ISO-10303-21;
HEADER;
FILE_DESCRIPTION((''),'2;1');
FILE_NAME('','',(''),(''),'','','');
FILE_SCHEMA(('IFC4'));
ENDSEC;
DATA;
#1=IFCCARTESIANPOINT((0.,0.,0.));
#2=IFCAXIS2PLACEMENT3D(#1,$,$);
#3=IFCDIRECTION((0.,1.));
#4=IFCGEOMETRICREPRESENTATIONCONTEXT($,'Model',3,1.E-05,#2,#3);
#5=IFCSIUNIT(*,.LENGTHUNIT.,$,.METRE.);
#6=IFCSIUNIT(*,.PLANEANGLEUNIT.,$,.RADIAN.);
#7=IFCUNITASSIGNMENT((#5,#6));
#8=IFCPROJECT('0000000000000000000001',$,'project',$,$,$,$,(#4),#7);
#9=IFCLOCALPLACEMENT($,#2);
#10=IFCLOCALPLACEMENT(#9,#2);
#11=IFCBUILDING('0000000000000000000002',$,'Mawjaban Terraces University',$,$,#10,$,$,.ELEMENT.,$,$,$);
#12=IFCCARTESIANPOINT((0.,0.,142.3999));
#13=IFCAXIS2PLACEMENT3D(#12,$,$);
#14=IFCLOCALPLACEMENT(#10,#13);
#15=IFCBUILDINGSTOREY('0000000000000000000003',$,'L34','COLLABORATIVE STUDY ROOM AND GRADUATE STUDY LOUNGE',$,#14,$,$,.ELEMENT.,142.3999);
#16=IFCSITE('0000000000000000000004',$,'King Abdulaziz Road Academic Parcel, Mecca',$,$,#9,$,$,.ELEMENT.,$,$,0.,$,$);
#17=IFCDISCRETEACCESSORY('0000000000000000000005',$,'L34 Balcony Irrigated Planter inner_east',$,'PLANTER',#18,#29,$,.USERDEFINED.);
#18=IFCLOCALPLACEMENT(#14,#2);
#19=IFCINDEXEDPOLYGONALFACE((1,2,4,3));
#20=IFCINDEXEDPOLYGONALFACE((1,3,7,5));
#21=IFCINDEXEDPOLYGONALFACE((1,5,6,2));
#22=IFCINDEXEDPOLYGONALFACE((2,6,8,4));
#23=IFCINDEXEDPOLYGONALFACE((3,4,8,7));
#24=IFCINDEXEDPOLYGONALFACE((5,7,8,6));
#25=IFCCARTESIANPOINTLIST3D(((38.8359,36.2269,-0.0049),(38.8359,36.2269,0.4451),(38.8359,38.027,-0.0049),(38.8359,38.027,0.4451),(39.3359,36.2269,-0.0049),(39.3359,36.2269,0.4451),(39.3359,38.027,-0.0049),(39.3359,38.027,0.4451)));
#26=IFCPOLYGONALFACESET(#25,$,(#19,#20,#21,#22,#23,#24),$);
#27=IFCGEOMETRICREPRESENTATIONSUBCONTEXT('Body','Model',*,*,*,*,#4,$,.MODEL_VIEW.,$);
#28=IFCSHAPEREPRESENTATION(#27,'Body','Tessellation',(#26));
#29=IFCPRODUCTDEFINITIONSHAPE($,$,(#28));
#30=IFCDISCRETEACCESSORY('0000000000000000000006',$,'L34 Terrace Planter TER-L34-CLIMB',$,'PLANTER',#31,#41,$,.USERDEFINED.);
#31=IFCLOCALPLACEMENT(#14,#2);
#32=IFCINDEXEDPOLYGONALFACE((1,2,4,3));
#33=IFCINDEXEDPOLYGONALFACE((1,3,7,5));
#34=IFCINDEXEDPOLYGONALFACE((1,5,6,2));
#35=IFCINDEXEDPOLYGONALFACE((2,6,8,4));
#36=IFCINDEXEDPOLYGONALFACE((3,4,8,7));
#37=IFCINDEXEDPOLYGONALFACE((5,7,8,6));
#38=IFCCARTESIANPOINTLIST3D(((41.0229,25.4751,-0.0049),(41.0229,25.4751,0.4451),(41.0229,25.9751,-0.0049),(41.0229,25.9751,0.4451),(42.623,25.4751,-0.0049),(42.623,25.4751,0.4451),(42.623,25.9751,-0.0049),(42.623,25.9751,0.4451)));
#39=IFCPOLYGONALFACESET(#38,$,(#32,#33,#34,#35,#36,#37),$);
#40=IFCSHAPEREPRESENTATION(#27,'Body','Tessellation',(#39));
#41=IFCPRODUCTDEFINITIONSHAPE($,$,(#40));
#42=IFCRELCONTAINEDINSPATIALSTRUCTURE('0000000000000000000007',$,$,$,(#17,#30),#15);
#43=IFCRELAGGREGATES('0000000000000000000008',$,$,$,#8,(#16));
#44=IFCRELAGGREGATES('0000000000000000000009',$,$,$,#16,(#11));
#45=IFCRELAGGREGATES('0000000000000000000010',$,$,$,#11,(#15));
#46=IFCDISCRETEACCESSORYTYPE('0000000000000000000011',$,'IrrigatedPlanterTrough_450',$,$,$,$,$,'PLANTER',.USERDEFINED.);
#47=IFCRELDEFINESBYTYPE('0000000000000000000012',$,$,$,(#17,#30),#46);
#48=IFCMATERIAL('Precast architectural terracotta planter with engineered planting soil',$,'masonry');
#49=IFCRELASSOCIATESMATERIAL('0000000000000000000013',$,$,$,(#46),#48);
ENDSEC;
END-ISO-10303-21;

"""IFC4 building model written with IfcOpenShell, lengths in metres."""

from ifc_helpers import new_model, si_unit, direction, frame, origin, origin_2d, place, context, subcontext, project, spatial, rectangle, extrude, material, type_object, element, save


model = new_model("IFC4")

# Units and contexts
model_context = context("Model", 3, precision=1e-05, world=origin(), true_north=direction((0.0, 1.0)))
body_context = subcontext(model_context, "Body", "Model", "MODEL_VIEW")
ifc_project = project(units=[si_unit("LENGTHUNIT", "METRE"), si_unit("PLANEANGLEUNIT", "RADIAN")], contexts=[model_context])

# Site, building, storey
site_placement = place(None, origin())
site = spatial("IfcSite", under=ifc_project, at=site_placement, Name="King Abdulaziz Road Academic Parcel, Mecca", CompositionType="ELEMENT", RefElevation=0.0)
building_placement = place(site_placement, origin())
building = spatial("IfcBuilding", under=site, at=building_placement, Name="Mawjaban Terraces University", CompositionType="ELEMENT")
storey_placement = place(building_placement, frame((0.0, 0.0, 142.3999)))
storey = spatial("IfcBuildingStorey", under=building, at=storey_placement, Name="L34", Description="COLLABORATIVE STUDY ROOM AND GRADUATE STUDY LOUNGE", CompositionType="ELEMENT", Elevation=142.3999)

# Discrete accessories
ifc_material_1 = material(Name="Precast architectural terracotta planter with engineered planting soil", Category="masonry")
discrete_accessory_type_1 = type_object("IfcDiscreteAccessoryType", Name="IrrigatedPlanterTrough_450", ElementType="PLANTER", PredefinedType="USERDEFINED", material=ifc_material_1)
discrete_accessory_1_placement = place(storey_placement, frame((39.0859, 37.127, -0.0049), z_axis=(0.0, 0.0, 1.0), x_axis=(0.0, 1.0, 0.0)))
element("IfcDiscreteAccessory", 1, at=discrete_accessory_1_placement, inside=storey, type_object=discrete_accessory_type_1, Name="L34 Balcony Irrigated Planter inner_east", ObjectType="PLANTER", PredefinedType="USERDEFINED", context=body_context, shape_type="SweptSolid", body=[
    extrude(rectangle(XDim=1.8, YDim=0.5, at=origin_2d()), origin(), (0.0, 0.0, 1.0), 0.45),
])
discrete_accessory_2_placement = place(storey_placement, frame((41.823, 25.7251, -0.0049), z_axis=(0.0, 0.0, 1.0), x_axis=(1.0, 0.0, 0.0)))
element("IfcDiscreteAccessory", 2, at=discrete_accessory_2_placement, inside=storey, type_object=discrete_accessory_type_1, Name="L34 Terrace Planter TER-L34-CLIMB", ObjectType="PLANTER", PredefinedType="USERDEFINED", context=body_context, shape_type="SweptSolid", body=[
    extrude(rectangle(XDim=1.6001, YDim=0.5, at=origin_2d()), origin(), (0.0, 0.0, 1.0), 0.45),
])

save(model, "model.ifc")
